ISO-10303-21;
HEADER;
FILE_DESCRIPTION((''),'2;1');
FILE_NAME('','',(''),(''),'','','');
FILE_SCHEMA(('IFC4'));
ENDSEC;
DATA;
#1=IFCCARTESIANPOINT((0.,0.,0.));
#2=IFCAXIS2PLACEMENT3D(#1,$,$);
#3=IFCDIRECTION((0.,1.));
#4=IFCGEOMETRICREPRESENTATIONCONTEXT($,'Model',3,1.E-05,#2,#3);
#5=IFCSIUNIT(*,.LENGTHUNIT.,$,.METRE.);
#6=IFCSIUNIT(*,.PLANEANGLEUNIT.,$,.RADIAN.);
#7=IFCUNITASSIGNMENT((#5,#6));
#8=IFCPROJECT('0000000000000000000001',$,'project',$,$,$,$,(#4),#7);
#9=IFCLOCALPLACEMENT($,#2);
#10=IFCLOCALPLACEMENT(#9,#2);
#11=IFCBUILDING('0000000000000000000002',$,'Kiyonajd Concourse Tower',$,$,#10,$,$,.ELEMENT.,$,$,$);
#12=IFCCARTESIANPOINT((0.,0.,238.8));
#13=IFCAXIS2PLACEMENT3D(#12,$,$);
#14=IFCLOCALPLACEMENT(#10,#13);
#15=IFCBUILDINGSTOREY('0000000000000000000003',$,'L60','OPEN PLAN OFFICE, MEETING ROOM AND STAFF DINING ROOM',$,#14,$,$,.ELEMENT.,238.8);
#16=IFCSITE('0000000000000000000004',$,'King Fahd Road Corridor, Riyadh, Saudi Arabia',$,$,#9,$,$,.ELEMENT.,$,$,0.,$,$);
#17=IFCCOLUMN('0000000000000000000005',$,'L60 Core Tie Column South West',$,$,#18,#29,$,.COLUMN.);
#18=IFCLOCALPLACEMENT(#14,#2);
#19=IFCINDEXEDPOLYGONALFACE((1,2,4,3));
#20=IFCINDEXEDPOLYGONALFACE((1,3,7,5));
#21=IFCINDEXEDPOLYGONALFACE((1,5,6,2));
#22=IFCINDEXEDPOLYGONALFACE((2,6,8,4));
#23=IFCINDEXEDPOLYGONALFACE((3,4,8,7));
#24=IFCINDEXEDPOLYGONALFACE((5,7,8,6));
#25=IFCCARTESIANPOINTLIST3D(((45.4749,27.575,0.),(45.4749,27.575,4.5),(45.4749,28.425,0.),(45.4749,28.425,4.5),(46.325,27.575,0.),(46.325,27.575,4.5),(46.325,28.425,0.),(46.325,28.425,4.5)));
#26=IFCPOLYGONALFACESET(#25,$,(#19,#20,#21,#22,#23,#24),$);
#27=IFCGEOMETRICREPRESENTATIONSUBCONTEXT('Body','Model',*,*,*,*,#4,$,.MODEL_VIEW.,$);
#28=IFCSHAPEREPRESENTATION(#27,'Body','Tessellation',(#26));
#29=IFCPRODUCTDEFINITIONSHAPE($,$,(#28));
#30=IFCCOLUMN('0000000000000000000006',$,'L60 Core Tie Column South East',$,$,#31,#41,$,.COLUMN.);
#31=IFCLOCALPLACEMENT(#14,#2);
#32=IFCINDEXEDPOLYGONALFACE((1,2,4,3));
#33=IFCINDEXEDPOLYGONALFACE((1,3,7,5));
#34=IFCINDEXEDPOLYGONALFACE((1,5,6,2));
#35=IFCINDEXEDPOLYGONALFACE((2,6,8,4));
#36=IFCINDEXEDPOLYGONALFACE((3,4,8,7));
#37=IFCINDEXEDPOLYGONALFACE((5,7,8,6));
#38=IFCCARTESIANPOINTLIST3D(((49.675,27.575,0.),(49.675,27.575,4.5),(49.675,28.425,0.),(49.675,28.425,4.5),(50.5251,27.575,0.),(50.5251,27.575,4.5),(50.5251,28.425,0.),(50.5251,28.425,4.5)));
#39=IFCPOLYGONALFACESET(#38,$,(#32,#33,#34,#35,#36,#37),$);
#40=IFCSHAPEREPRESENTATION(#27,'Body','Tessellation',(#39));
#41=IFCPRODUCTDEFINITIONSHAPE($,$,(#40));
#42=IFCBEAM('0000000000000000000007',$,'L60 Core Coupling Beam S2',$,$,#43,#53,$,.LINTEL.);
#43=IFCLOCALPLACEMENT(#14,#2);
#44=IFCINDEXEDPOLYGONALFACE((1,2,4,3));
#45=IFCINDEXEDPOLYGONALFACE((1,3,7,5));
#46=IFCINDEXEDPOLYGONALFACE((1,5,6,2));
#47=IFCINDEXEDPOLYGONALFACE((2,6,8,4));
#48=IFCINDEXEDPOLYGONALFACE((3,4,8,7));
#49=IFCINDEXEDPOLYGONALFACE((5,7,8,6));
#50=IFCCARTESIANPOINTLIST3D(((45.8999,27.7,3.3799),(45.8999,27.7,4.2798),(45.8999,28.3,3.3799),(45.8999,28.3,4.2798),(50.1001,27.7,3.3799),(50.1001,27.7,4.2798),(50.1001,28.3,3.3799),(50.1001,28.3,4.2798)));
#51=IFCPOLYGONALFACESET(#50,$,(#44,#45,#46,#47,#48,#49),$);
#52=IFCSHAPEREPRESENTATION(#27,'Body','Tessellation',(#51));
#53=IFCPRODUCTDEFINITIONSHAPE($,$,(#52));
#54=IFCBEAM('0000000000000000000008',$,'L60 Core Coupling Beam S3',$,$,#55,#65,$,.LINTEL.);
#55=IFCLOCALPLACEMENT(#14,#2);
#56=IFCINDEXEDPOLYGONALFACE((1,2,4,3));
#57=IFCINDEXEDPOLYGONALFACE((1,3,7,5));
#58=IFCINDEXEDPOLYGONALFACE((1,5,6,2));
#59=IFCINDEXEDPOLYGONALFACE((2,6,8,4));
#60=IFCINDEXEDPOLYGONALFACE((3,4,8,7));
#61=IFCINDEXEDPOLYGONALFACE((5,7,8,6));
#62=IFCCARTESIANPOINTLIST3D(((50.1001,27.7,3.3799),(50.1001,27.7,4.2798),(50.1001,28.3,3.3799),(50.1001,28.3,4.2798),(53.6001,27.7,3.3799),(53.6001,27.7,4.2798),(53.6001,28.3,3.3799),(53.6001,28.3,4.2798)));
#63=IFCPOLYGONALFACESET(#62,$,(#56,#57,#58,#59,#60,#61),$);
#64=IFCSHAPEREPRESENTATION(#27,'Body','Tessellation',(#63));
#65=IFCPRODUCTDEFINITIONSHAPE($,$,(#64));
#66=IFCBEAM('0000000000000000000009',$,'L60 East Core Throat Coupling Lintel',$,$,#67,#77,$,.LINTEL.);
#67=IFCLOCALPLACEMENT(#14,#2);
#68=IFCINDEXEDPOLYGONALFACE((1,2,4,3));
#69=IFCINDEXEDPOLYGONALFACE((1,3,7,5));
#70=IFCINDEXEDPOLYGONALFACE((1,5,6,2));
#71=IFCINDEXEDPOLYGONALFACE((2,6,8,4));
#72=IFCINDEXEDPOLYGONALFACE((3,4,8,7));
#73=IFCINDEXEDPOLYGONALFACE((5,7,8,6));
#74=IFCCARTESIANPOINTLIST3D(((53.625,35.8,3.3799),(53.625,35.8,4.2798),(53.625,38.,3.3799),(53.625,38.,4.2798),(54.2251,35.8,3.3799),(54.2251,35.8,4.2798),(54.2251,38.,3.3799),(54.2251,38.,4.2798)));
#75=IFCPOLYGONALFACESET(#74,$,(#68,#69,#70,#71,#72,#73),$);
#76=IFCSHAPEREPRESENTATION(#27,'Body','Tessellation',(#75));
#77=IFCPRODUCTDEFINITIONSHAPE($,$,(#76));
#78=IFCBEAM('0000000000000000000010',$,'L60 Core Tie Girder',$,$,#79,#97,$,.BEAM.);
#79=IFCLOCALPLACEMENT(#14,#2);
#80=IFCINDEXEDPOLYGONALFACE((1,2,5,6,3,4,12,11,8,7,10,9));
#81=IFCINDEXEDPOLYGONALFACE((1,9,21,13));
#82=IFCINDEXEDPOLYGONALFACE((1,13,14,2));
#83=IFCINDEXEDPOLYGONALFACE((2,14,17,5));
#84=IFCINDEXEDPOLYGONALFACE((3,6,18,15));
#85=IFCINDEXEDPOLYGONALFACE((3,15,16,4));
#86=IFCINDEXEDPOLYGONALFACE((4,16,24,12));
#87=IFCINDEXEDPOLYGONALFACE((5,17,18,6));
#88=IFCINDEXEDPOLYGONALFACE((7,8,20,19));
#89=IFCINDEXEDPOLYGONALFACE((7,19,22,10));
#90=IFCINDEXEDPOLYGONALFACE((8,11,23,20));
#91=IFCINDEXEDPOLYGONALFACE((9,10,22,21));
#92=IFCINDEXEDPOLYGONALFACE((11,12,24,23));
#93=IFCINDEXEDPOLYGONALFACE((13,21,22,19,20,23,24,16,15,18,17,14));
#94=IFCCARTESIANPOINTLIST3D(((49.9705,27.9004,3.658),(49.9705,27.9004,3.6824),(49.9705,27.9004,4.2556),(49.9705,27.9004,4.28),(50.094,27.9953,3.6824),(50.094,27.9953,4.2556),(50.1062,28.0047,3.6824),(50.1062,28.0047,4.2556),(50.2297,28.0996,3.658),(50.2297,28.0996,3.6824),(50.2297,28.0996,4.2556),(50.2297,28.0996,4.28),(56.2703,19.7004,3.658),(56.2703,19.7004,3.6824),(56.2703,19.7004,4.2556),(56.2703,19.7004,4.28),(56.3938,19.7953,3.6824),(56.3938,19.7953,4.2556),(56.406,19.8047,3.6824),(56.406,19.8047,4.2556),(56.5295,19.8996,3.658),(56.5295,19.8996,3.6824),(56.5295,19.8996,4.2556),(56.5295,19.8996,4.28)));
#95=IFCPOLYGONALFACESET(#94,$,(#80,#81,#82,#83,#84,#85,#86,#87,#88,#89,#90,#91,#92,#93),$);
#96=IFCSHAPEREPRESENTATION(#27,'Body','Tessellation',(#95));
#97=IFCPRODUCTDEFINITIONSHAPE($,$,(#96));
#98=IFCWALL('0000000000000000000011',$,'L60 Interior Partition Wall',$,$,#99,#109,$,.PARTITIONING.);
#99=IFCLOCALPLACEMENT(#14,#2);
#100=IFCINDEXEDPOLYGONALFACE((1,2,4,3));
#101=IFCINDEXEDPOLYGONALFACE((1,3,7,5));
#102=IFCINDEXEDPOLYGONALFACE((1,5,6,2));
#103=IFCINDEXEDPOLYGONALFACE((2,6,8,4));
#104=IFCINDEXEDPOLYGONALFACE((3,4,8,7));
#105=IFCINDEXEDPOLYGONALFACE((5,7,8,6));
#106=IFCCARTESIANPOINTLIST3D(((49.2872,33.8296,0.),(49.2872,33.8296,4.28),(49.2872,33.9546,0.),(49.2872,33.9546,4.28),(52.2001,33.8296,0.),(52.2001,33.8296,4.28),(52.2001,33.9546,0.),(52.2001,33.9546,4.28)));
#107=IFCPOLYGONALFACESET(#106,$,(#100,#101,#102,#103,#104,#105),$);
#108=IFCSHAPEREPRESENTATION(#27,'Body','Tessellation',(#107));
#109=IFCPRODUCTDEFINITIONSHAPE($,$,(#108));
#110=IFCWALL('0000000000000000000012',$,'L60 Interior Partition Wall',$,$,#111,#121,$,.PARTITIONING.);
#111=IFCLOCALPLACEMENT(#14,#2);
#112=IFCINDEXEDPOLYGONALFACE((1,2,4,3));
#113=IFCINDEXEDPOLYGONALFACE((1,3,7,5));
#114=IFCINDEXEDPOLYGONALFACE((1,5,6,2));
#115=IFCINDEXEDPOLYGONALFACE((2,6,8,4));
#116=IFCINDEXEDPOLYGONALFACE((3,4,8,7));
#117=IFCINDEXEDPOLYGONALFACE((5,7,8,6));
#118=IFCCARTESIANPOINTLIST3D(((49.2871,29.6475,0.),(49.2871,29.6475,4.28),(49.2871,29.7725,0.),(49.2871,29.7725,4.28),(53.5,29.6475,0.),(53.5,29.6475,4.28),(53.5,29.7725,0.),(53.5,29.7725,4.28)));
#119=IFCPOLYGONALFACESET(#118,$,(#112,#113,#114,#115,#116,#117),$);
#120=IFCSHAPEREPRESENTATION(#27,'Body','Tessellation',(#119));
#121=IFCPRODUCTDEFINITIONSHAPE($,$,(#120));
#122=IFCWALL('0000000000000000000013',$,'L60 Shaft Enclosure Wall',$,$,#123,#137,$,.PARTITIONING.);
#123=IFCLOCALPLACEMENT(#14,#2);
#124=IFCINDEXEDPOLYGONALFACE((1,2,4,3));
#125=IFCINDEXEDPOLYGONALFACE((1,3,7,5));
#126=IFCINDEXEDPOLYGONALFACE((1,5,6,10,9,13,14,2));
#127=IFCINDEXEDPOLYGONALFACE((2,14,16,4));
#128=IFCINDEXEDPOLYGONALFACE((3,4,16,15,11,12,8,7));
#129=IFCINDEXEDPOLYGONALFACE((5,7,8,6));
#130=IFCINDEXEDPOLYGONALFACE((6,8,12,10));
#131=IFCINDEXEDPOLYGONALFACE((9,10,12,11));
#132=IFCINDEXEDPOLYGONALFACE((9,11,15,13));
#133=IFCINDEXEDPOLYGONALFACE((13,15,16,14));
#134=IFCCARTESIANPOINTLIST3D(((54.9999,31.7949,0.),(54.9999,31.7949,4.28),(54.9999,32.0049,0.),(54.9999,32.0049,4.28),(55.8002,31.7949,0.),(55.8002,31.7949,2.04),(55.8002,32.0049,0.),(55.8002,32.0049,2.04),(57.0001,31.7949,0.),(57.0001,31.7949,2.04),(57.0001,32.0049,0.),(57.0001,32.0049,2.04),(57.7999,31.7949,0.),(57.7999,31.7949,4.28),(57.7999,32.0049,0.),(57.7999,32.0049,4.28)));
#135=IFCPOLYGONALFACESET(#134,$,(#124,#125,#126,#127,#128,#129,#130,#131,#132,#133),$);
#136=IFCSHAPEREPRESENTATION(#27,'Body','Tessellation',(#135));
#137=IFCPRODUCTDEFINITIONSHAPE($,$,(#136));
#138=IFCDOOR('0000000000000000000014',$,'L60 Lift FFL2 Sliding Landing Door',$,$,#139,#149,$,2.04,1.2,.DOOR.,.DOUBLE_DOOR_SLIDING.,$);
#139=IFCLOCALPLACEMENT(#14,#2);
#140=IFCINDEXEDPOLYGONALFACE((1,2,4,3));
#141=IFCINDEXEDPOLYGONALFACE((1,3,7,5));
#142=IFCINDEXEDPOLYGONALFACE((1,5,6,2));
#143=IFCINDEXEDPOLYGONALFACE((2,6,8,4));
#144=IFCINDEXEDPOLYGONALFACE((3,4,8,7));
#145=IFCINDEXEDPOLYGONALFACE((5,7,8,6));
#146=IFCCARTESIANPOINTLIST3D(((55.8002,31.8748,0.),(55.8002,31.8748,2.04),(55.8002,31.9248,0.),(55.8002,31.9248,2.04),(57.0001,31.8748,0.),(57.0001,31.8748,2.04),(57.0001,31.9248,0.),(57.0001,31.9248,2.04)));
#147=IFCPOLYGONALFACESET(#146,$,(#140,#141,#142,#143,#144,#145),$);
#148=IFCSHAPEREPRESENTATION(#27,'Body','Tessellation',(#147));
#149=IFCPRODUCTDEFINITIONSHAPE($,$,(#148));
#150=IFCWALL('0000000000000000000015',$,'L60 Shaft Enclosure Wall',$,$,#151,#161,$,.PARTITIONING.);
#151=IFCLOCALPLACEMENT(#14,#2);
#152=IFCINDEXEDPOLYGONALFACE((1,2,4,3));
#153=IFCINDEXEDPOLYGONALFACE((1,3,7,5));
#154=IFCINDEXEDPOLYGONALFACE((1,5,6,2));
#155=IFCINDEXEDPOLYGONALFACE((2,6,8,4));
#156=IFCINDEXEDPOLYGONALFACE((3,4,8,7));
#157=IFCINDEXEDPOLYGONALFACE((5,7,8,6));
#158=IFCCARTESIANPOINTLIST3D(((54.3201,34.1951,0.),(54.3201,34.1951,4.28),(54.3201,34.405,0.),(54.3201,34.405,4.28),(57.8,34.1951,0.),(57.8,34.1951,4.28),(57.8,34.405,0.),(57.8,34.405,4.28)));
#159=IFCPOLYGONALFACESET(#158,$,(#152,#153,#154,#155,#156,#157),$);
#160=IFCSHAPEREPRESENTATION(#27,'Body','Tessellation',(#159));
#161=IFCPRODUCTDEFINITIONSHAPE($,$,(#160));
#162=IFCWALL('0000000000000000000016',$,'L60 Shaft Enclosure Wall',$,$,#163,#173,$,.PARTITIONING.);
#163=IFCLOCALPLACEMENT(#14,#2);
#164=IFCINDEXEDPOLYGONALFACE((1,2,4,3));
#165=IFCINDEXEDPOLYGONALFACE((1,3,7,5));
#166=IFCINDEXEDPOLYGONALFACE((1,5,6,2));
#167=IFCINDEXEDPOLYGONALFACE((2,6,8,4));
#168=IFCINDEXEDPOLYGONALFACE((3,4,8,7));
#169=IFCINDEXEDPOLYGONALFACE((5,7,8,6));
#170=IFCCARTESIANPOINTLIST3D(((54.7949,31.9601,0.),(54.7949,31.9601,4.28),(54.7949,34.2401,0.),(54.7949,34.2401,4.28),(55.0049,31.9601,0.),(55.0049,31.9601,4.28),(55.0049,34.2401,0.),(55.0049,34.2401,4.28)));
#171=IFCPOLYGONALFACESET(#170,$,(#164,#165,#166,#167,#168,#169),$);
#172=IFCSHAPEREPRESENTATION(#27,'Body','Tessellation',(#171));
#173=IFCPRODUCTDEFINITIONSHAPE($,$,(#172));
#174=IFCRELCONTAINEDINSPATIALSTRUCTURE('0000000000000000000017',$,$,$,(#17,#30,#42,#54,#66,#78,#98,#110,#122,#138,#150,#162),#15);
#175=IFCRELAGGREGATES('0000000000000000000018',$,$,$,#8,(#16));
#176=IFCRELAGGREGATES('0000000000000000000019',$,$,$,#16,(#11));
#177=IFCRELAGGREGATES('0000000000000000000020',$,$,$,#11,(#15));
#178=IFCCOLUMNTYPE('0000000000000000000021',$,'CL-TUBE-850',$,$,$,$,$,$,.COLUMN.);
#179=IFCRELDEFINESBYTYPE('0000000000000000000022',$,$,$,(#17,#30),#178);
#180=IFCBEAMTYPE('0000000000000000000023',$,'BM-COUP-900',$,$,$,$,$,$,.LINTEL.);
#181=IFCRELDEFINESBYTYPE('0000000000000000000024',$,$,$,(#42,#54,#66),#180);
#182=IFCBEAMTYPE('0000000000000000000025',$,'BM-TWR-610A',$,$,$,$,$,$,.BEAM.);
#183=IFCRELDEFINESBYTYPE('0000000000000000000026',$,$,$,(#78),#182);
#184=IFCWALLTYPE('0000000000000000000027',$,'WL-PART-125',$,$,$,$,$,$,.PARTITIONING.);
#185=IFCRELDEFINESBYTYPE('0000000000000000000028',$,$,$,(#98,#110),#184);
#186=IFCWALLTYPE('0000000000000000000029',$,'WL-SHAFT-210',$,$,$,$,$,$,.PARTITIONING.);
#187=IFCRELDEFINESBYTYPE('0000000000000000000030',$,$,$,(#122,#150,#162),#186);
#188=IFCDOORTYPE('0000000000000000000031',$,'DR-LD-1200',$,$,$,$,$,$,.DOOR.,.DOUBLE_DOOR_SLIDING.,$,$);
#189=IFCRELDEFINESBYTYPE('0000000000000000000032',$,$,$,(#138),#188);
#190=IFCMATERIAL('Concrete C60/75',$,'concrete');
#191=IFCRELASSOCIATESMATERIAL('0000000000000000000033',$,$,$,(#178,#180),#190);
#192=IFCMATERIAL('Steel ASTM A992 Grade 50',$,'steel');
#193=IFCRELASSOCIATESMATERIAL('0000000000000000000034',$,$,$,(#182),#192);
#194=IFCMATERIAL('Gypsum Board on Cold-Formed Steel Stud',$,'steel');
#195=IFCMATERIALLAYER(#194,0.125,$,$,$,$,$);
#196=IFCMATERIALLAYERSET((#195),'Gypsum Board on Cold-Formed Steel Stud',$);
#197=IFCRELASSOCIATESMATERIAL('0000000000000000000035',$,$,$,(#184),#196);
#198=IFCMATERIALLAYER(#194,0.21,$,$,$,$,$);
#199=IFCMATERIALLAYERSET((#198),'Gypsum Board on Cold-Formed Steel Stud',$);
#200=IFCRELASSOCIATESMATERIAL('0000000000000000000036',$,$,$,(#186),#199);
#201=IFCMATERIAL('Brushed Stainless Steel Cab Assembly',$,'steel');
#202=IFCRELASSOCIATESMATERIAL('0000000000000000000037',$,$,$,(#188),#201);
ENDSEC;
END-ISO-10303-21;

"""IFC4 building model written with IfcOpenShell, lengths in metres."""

from ifc_helpers import new_model, si_unit, direction, frame, frame_2d, origin, origin_2d, place, context, subcontext, project, spatial, rectangle, i_section, extrude, material, layer, layer_set, material_profile, profile_set, type_object, element, fill, save


model = new_model("IFC4")

# Units and contexts
model_context = context("Model", 3, precision=1e-05, world=origin(), true_north=direction((0.0, 1.0)))
body_context = subcontext(model_context, "Body", "Model", "MODEL_VIEW")
ifc_project = project(units=[si_unit("LENGTHUNIT", "METRE"), si_unit("PLANEANGLEUNIT", "RADIAN")], contexts=[model_context])

# Site, building, storey
site_placement = place(None, origin())
site = spatial("IfcSite", under=ifc_project, at=site_placement, Name="King Fahd Road Corridor, Riyadh, Saudi Arabia", CompositionType="ELEMENT", RefElevation=0.0)
building_placement = place(site_placement, origin())
building = spatial("IfcBuilding", under=site, at=building_placement, Name="Kiyonajd Concourse Tower", CompositionType="ELEMENT")
storey_placement = place(building_placement, frame((0.0, 0.0, 238.8)))
storey = spatial("IfcBuildingStorey", under=building, at=storey_placement, Name="L60", Description="OPEN PLAN OFFICE, MEETING ROOM AND STAFF DINING ROOM", CompositionType="ELEMENT", Elevation=238.8)

# Columns
ifc_material_1 = material(Name="Concrete C60/75", Category="concrete")
ifc_material_profile_1 = material_profile(ifc_material_1, rectangle(XDim=0.8501, YDim=0.8501, at=origin_2d()), Name="RC-850x850")
ifc_profile_set_1 = profile_set([ifc_material_profile_1], Name="Concrete C60/75")
column_type = type_object("IfcColumnType", Name="CL-TUBE-850", PredefinedType="COLUMN", material=ifc_profile_set_1)
for number, where, z_axis, x_axis, name in (
    (1, (45.8999, 28.0, 0.0), (0.0, 0.0, 1.0), (1.0, 0.0, 0.0), "L60 Core Tie Column South West"),
    (2, (50.1001, 28.0, 0.0), (0.0, 0.0, 1.0), (1.0, 0.0, 0.0), "L60 Core Tie Column South East"),
):
    element("IfcColumn", number, at=place(storey_placement, frame(where, z_axis=z_axis, x_axis=x_axis)), inside=storey, type_object=column_type, Name=name, PredefinedType="COLUMN", context=body_context, shape_type="SweptSolid", body=[
        extrude(rectangle(XDim=0.8501, YDim=0.8501, at=origin_2d()), origin(), (0.0, 0.0, 1.0), 4.5),
    ])

# Beams
ifc_material_profile_2 = material_profile(ifc_material_1, rectangle(XDim=0.6001, YDim=0.8999, at=origin_2d()), Name="RCBM-600x900")
ifc_profile_set_2 = profile_set([ifc_material_profile_2], Name="Concrete C60/75")
beam_type_1 = type_object("IfcBeamType", Name="BM-COUP-900", PredefinedType="LINTEL", material=ifc_profile_set_2)
beam_1_placement = place(storey_placement, frame((45.8999, 28.0, 3.8298), z_axis=(1.0, 0.0, 0.0), x_axis=(0.0, 1.0, 0.0)))
element("IfcBeam", 3, at=beam_1_placement, inside=storey, type_object=beam_type_1, Name="L60 Core Coupling Beam S2", PredefinedType="LINTEL", context=body_context, shape_type="SweptSolid", body=[
    extrude(rectangle(XDim=0.6001, YDim=0.8999, at=origin_2d()), origin(), (0.0, 0.0, 1.0), 4.2002),
])
beam_2_placement = place(storey_placement, frame((50.1001, 28.0, 3.8298), z_axis=(1.0, 0.0, 0.0), x_axis=(0.0, 1.0, 0.0)))
element("IfcBeam", 4, at=beam_2_placement, inside=storey, type_object=beam_type_1, Name="L60 Core Coupling Beam S3", PredefinedType="LINTEL", context=body_context, shape_type="SweptSolid", body=[
    extrude(rectangle(XDim=0.6001, YDim=0.8999, at=origin_2d()), origin(), (0.0, 0.0, 1.0), 3.5),
])
beam_3_placement = place(storey_placement, frame((53.925, 35.8, 3.8298), z_axis=(0.0, 1.0, 0.0), x_axis=(-1.0, 0.0, 0.0)))
element("IfcBeam", 5, at=beam_3_placement, inside=storey, type_object=beam_type_1, Name="L60 East Core Throat Coupling Lintel", PredefinedType="LINTEL", context=body_context, shape_type="SweptSolid", body=[
    extrude(rectangle(XDim=0.6001, YDim=0.8999, at=origin_2d()), origin(), (0.0, 0.0, 1.0), 2.2),
])
ifc_material_2 = material(Name="Steel ASTM A992 Grade 50", Category="steel")
ifc_material_profile_3 = material_profile(ifc_material_2, i_section(OverallWidth=0.3269, OverallDepth=0.6221, WebThickness=0.0154, FlangeThickness=0.0244, at=origin_2d()), Name="W610X195")
ifc_profile_set_3 = profile_set([ifc_material_profile_3], Name="Steel ASTM A992 Grade 50")
beam_type_2 = type_object("IfcBeamType", Name="BM-TWR-610A", PredefinedType="BEAM", material=ifc_profile_set_3)
beam_4_placement = place(storey_placement, frame((50.1001, 28.0, 3.969), z_axis=(0.609234, -0.792991, 0.0), x_axis=(0.792991, 0.609234, 0.0)))
element("IfcBeam", 6, at=beam_4_placement, inside=storey, type_object=beam_type_2, Name="L60 Core Tie Girder", PredefinedType="BEAM", context=body_context, shape_type="SweptSolid", body=[
    extrude(i_section(OverallWidth=0.3269, OverallDepth=0.6221, WebThickness=0.0154, FlangeThickness=0.0244, at=origin_2d()), origin(), (0.0, 0.0, 1.0), 10.3406),
])

# Walls
ifc_material_3 = material(Name="Gypsum Board on Cold-Formed Steel Stud", Category="steel")
ifc_layer_1 = layer(ifc_material_3, 0.125)
ifc_layer_set_1 = layer_set([ifc_layer_1], Name="Gypsum Board on Cold-Formed Steel Stud")
wall_type_1 = type_object("IfcWallType", Name="WL-PART-125", PredefinedType="PARTITIONING", material=ifc_layer_set_1)
wall_1_placement = place(storey_placement, frame((49.2871, 33.8921, 0.0), z_axis=(0.0, 0.0, 1.0), x_axis=(1.0, 0.0, 0.0)))
element("IfcWall", 7, at=wall_1_placement, inside=storey, type_object=wall_type_1, Name="L60 Interior Partition Wall", PredefinedType="PARTITIONING", context=body_context, shape_type="SweptSolid", body=[
    extrude(rectangle(XDim=2.9128, YDim=0.125, at=frame_2d((1.4565, 0.0))), origin(), (0.0, 0.0, 1.0), 4.28),
])
wall_2_placement = place(storey_placement, frame((49.2871, 29.71, 0.0), z_axis=(0.0, 0.0, 1.0), x_axis=(1.0, 0.0, 0.0)))
element("IfcWall", 8, at=wall_2_placement, inside=storey, type_object=wall_type_1, Name="L60 Interior Partition Wall", PredefinedType="PARTITIONING", context=body_context, shape_type="SweptSolid", body=[
    extrude(rectangle(XDim=4.2129, YDim=0.125, at=frame_2d((2.1064, 0.0))), origin(), (0.0, 0.0, 1.0), 4.28),
])

# Wall, opening, door
ifc_layer_2 = layer(ifc_material_3, 0.21)
ifc_layer_set_2 = layer_set([ifc_layer_2], Name="Gypsum Board on Cold-Formed Steel Stud")
wall_type_2 = type_object("IfcWallType", Name="WL-SHAFT-210", PredefinedType="PARTITIONING", material=ifc_layer_set_2)
wall_3_placement = place(storey_placement, frame((55.0, 31.8999, 0.0), z_axis=(0.0, 0.0, 1.0), x_axis=(1.0, 0.0, 0.0)))
wall_3 = element("IfcWall", 9, at=wall_3_placement, inside=storey, type_object=wall_type_2, Name="L60 Shaft Enclosure Wall", PredefinedType="PARTITIONING", context=body_context, shape_type="SweptSolid", body=[
    extrude(rectangle(XDim=2.8, YDim=0.21, at=frame_2d((1.3999, 0.0))), origin(), (0.0, 0.0, 1.0), 4.28),
])
opening_1_placement = place(wall_3_placement, frame((0.8, 0.0, 0.0)))
opening_1 = element("IfcOpeningElement", 10, at=opening_1_placement, cuts=wall_3, PredefinedType="OPENING", context=body_context, shape_type="SweptSolid", body=[
    extrude(rectangle(XDim=1.2, YDim=2.04, at=frame_2d((0.6001, 1.02))), frame((0.0, 0.115, 0.0), z_axis=(0.0, -1.0, 0.0), x_axis=(1.0, 0.0, 0.0)), (0.0, 0.0, 1.0), 0.23),
])
ifc_material_4 = material(Name="Brushed Stainless Steel Cab Assembly", Category="steel")
door_type_1 = type_object("IfcDoorType", Name="DR-LD-1200", OperationType="DOUBLE_DOOR_SLIDING", PredefinedType="DOOR", material=ifc_material_4)
door_1_placement = place(opening_1_placement, origin())
door_1 = element("IfcDoor", 11, at=door_1_placement, inside=storey, type_object=door_type_1, Name="L60 Lift FFL2 Sliding Landing Door", OperationType="DOUBLE_DOOR_SLIDING", OverallHeight=2.04, OverallWidth=1.2, PredefinedType="DOOR", context=body_context, shape_type="SweptSolid", body=[
    extrude(rectangle(XDim=1.2, YDim=2.04, at=frame_2d((0.6001, 1.02))), frame((0.0, 0.0249, 0.0), z_axis=(0.0, -1.0, 0.0), x_axis=(1.0, 0.0, 0.0)), (0.0, 0.0, 1.0), 0.05),
])
fill(opening_1, door_1)

# Walls
wall_4_placement = place(storey_placement, frame((54.3201, 34.3, 0.0), z_axis=(0.0, 0.0, 1.0), x_axis=(1.0, 0.0, 0.0)))
element("IfcWall", 12, at=wall_4_placement, inside=storey, type_object=wall_type_2, Name="L60 Shaft Enclosure Wall", PredefinedType="PARTITIONING", context=body_context, shape_type="SweptSolid", body=[
    extrude(rectangle(XDim=3.48, YDim=0.21, at=frame_2d((1.74, 0.0))), origin(), (0.0, 0.0, 1.0), 4.28),
])
wall_5_placement = place(storey_placement, frame((54.8999, 31.96, 0.0), z_axis=(0.0, 0.0, 1.0), x_axis=(0.0, 1.0, 0.0)))
element("IfcWall", 13, at=wall_5_placement, inside=storey, type_object=wall_type_2, Name="L60 Shaft Enclosure Wall", PredefinedType="PARTITIONING", context=body_context, shape_type="SweptSolid", body=[
    extrude(rectangle(XDim=2.28, YDim=0.21, at=frame_2d((1.1401, 0.0))), origin(), (0.0, 0.0, 1.0), 4.28),
])

save(model, "model.ifc")
